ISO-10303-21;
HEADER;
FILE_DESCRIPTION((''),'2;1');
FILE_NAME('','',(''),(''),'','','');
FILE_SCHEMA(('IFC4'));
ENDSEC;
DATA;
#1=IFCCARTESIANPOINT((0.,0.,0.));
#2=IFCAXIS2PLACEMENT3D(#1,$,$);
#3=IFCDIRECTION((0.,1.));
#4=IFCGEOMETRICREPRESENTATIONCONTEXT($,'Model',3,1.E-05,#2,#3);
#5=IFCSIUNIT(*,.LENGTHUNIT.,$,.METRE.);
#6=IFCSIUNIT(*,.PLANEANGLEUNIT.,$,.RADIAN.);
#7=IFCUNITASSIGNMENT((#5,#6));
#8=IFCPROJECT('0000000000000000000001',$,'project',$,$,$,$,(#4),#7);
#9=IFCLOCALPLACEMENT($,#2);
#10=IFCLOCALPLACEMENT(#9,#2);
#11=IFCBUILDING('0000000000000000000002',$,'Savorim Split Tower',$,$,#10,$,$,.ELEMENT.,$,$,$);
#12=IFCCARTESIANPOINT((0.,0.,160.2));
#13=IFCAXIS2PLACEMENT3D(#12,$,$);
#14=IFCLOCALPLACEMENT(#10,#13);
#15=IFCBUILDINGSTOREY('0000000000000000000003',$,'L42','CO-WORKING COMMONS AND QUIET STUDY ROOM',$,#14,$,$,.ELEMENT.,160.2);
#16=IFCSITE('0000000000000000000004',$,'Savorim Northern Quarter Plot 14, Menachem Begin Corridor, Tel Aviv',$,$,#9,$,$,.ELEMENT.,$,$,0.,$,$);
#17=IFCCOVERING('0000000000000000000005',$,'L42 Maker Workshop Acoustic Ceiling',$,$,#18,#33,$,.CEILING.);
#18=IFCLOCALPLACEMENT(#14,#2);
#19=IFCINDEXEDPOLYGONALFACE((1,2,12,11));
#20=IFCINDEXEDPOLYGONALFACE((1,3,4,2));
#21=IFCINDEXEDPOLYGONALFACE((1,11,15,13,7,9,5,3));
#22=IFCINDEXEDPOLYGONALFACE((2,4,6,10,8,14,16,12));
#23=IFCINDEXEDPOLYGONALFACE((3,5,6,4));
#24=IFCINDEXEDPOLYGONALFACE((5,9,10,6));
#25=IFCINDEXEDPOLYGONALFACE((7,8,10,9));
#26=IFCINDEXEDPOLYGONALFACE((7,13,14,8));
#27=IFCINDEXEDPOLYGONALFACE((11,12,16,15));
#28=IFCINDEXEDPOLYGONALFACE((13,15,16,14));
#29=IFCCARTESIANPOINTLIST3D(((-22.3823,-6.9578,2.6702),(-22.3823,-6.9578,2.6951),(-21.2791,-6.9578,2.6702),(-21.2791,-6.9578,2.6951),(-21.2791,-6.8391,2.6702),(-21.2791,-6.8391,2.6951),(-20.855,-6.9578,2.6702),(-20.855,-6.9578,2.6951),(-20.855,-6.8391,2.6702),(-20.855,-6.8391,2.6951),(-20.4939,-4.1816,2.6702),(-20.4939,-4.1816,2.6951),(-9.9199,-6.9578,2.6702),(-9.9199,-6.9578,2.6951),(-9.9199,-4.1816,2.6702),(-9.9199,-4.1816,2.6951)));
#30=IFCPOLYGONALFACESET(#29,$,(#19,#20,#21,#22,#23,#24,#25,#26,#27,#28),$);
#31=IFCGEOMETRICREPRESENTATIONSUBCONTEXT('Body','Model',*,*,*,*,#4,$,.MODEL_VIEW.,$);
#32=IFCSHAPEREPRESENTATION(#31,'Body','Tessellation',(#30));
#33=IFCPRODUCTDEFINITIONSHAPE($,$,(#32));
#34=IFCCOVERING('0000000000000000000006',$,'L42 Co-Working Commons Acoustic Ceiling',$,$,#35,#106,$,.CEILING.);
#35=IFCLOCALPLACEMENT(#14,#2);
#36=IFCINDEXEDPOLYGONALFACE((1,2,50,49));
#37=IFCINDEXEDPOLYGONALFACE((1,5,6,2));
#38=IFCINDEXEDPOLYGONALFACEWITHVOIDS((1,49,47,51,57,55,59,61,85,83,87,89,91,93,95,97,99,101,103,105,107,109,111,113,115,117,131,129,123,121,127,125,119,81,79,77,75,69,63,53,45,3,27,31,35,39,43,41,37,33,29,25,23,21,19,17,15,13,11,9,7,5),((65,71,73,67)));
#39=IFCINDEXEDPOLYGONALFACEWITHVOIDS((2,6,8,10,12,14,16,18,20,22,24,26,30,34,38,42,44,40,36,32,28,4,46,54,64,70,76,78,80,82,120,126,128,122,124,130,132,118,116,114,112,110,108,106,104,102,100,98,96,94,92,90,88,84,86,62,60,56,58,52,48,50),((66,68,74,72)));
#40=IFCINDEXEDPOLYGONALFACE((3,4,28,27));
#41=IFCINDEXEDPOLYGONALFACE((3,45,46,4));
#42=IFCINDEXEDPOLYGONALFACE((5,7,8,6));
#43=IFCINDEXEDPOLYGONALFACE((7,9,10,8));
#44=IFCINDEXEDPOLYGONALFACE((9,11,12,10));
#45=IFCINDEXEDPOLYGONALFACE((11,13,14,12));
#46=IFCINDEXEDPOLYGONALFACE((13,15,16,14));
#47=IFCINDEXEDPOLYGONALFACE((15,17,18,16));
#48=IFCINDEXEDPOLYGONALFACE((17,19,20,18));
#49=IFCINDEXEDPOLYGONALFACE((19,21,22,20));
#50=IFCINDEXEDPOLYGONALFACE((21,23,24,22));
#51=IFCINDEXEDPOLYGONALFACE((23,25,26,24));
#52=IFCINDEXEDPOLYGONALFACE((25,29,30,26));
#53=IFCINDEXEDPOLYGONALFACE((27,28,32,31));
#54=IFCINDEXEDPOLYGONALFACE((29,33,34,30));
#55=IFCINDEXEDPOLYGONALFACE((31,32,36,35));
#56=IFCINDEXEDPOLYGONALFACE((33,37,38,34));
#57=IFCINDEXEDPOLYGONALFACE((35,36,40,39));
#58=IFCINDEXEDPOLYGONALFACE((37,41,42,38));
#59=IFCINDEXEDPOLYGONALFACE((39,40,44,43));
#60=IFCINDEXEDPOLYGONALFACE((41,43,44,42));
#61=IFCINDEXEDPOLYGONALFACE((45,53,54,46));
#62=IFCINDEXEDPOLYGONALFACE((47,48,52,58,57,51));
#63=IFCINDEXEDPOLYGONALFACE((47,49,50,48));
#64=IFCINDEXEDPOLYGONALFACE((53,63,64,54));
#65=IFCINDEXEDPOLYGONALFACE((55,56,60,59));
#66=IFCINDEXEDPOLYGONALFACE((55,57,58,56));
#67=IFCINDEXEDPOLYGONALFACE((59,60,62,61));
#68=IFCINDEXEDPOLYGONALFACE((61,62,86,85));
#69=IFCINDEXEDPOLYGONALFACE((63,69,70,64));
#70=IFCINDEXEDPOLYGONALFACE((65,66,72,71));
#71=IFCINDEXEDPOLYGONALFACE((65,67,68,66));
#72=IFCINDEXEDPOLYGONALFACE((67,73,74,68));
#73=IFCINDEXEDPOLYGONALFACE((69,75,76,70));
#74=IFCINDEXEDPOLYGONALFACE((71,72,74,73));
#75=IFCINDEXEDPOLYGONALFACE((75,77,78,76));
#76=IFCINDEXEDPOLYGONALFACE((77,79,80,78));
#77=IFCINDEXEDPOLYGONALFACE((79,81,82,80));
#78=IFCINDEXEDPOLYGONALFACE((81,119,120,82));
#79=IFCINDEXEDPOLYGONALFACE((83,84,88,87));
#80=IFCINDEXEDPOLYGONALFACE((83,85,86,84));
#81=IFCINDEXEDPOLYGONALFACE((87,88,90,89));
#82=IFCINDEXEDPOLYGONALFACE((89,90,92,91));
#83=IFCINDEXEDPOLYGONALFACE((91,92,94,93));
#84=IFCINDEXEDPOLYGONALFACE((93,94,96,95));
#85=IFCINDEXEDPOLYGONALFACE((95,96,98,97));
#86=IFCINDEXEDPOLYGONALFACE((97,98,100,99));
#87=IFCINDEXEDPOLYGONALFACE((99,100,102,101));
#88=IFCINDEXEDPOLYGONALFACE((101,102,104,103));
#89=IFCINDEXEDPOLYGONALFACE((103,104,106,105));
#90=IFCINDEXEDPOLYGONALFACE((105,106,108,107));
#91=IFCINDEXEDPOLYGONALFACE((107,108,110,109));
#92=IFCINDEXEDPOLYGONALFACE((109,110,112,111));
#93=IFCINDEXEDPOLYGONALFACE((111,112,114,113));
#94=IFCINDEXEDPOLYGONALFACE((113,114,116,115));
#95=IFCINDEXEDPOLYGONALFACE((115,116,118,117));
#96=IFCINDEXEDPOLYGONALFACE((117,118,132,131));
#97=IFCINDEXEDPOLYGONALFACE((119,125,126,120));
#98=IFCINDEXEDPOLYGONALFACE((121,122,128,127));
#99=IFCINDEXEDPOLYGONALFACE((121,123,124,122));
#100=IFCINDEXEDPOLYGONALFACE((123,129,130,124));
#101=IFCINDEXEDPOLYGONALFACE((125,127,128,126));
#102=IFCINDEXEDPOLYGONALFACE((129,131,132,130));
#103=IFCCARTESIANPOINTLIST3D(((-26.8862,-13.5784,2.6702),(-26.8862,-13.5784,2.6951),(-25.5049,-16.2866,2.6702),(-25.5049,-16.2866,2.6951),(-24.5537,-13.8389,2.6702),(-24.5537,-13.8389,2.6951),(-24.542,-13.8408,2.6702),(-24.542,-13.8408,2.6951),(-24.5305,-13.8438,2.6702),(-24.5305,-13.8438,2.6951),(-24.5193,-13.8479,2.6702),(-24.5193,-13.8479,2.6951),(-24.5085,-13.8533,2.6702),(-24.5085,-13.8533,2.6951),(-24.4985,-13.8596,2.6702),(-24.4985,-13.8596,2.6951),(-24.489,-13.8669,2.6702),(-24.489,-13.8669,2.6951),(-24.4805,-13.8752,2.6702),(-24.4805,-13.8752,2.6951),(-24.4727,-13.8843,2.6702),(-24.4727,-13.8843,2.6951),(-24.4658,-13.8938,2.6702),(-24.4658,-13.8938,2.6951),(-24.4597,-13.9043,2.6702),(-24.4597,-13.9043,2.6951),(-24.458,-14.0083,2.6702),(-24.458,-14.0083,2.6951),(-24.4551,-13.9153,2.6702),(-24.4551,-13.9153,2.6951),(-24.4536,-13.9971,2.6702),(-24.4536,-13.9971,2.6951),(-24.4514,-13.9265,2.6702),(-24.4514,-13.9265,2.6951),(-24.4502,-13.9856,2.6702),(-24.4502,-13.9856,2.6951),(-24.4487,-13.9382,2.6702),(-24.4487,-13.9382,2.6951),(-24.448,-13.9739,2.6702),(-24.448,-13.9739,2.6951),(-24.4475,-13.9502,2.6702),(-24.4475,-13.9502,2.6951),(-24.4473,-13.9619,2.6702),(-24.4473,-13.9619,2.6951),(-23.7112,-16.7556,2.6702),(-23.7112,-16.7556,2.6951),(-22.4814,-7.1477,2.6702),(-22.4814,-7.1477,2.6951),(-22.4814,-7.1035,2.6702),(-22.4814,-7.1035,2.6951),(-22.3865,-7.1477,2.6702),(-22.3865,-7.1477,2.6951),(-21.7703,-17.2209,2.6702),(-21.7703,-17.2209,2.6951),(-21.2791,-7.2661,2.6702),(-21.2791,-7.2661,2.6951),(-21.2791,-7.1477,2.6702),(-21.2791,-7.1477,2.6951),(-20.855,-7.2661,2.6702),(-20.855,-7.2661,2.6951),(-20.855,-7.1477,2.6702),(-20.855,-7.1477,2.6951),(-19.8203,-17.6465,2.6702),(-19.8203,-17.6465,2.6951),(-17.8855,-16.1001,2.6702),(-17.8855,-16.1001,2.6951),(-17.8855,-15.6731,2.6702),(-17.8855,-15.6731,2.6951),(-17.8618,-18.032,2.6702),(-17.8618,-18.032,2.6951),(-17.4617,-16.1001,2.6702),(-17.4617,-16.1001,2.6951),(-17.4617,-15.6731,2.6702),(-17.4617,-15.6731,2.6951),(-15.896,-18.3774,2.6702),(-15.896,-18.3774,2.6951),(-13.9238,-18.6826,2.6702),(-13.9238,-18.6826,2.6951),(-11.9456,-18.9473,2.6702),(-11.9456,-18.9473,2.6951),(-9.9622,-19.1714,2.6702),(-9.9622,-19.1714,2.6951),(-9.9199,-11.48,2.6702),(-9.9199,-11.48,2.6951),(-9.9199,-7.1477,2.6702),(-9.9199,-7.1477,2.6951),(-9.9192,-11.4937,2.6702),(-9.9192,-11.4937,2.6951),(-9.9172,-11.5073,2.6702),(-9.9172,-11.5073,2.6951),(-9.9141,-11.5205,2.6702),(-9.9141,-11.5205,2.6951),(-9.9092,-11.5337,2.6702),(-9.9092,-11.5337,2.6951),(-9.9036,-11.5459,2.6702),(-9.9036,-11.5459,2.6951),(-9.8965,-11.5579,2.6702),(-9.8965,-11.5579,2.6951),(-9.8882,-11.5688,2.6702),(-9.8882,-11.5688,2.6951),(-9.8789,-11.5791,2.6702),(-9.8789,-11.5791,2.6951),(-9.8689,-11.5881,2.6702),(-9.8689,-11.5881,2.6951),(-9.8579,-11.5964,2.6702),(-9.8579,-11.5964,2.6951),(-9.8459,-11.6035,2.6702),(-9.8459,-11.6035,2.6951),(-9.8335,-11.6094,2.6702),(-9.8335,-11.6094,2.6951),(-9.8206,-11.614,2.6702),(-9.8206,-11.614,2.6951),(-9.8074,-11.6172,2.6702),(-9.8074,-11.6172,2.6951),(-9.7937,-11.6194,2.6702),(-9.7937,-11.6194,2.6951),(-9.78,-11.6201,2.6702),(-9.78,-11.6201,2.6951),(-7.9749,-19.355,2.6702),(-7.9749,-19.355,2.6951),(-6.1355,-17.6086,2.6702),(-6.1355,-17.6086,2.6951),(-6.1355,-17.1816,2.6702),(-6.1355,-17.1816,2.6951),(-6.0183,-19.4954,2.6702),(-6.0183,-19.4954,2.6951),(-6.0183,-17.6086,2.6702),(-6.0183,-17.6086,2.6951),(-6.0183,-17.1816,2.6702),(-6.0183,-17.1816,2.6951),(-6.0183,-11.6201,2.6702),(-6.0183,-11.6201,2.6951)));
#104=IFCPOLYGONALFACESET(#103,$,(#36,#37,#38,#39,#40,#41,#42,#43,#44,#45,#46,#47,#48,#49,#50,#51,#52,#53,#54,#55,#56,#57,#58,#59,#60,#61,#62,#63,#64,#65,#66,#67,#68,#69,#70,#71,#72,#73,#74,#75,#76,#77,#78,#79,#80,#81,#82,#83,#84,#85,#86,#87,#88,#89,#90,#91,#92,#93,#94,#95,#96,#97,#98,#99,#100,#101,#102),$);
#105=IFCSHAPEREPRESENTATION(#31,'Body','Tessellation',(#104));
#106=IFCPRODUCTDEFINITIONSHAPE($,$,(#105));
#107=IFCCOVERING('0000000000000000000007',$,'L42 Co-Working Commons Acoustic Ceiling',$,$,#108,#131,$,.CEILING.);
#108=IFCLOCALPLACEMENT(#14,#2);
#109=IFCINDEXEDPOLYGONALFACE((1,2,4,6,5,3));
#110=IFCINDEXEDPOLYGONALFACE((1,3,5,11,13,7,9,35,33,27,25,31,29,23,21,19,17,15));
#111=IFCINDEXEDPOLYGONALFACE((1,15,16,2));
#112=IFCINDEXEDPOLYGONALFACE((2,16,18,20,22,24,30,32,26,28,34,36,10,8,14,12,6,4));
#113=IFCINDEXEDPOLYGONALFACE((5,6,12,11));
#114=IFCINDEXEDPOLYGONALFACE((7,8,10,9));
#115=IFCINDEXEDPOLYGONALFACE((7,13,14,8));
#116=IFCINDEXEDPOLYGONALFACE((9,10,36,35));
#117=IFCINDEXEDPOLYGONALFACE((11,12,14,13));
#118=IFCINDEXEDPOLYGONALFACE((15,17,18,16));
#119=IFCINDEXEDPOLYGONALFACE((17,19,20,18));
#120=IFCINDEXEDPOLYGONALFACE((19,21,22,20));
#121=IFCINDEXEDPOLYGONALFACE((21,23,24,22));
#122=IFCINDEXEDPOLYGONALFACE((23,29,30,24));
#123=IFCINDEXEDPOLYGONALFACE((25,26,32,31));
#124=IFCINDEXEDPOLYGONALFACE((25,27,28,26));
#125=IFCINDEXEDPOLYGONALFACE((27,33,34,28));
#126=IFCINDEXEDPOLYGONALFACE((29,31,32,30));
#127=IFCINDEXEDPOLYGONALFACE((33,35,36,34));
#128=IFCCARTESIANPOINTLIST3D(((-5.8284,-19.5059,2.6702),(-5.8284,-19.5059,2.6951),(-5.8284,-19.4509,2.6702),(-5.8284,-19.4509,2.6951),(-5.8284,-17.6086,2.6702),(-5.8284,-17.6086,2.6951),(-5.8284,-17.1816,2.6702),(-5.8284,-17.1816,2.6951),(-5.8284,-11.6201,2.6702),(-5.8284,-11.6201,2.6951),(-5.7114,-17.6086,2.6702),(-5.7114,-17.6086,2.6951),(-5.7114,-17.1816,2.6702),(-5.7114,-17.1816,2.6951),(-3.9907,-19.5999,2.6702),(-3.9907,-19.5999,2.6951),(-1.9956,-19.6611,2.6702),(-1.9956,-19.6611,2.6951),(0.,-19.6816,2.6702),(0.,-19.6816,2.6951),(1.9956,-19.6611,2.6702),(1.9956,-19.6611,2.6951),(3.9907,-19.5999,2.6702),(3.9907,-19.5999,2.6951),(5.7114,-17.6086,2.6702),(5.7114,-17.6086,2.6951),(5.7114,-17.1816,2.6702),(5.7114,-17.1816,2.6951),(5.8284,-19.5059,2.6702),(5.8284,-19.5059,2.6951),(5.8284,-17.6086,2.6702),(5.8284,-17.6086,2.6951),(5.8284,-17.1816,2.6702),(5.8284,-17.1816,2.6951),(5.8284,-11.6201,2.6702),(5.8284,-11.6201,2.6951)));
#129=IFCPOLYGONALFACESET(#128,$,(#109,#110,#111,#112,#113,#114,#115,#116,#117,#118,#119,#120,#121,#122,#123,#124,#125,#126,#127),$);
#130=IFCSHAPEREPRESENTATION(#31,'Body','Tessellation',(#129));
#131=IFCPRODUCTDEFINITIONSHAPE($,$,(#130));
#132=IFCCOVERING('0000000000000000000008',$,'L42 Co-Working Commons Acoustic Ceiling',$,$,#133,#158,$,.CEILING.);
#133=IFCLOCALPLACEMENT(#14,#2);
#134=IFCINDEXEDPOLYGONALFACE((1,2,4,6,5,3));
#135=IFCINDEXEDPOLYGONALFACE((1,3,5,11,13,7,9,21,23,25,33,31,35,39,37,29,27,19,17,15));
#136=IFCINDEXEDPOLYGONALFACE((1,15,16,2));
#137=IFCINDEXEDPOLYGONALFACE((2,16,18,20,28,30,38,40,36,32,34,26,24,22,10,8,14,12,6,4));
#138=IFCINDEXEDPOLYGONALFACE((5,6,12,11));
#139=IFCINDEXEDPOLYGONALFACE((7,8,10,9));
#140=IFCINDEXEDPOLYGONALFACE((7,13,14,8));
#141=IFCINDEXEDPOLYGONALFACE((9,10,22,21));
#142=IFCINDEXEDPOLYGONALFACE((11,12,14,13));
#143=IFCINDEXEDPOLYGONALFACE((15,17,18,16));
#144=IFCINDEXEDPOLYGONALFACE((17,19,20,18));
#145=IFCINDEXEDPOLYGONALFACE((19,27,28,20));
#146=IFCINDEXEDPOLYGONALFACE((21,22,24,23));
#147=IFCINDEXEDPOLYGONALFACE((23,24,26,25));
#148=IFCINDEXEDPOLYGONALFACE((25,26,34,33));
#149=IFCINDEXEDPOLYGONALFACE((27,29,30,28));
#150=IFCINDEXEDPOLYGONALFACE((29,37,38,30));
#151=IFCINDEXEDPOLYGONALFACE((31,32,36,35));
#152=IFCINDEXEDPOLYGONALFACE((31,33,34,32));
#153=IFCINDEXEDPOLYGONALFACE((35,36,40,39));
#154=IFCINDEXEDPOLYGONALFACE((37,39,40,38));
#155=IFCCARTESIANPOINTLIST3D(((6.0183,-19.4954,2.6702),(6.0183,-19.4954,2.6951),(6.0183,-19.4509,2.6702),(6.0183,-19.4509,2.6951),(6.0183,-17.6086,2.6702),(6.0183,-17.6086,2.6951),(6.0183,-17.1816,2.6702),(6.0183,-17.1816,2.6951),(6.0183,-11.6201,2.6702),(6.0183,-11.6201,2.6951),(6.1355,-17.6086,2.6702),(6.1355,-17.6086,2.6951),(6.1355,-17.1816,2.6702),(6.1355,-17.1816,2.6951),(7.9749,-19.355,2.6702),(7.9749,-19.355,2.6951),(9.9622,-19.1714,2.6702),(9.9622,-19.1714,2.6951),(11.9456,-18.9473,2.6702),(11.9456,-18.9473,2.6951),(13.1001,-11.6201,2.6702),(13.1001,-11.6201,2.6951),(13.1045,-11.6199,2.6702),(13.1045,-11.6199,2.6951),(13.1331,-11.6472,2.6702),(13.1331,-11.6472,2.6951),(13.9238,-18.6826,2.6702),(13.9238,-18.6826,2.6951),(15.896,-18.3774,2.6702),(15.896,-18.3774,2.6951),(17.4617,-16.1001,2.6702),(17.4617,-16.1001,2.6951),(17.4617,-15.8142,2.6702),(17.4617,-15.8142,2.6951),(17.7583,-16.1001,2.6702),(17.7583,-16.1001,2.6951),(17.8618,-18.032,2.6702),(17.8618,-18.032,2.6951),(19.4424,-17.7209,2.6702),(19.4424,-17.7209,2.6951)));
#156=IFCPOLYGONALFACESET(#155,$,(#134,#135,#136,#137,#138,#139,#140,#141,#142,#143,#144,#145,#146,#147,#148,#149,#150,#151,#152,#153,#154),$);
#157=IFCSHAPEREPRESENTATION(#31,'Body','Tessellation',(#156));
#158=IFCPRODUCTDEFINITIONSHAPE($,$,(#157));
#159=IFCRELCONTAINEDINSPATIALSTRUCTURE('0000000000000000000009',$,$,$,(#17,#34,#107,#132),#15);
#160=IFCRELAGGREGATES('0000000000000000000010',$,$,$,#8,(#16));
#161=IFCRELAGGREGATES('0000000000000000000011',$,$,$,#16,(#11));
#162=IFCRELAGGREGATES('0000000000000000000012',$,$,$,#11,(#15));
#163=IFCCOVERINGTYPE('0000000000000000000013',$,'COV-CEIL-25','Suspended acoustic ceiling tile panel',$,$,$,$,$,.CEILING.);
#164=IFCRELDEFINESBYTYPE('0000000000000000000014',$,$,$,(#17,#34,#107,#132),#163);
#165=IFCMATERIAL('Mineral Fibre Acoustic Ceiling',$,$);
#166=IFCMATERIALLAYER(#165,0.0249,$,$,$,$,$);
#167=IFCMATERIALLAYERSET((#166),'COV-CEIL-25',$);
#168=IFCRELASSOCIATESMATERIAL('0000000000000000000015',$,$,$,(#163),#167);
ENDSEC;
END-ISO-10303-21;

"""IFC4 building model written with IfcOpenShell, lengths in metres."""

from ifc_helpers import new_model, si_unit, direction, frame, origin, place, context, subcontext, project, spatial, polyline, outline, extrude, material, layer, layer_set, type_object, element, save


model = new_model("IFC4")

# Units and contexts
model_context = context("Model", 3, precision=1e-05, world=origin(), true_north=direction((0.0, 1.0)))
body_context = subcontext(model_context, "Body", "Model", "MODEL_VIEW")
ifc_project = project(units=[si_unit("LENGTHUNIT", "METRE"), si_unit("PLANEANGLEUNIT", "RADIAN")], contexts=[model_context])

# Site, building, storey
site_placement = place(None, origin())
site = spatial("IfcSite", under=ifc_project, at=site_placement, Name="Savorim Northern Quarter Plot 14, Menachem Begin Corridor, Tel Aviv", CompositionType="ELEMENT", RefElevation=0.0)
building_placement = place(site_placement, origin())
building = spatial("IfcBuilding", under=site, at=building_placement, Name="Savorim Split Tower", CompositionType="ELEMENT")
storey_placement = place(building_placement, frame((0.0, 0.0, 160.2)))
storey = spatial("IfcBuildingStorey", under=building, at=storey_placement, Name="L42", Description="CO-WORKING COMMONS AND QUIET STUDY ROOM", CompositionType="ELEMENT", Elevation=160.2)

# Coverings
ifc_material = material(Name="Mineral Fibre Acoustic Ceiling")
ifc_layer = layer(ifc_material, 0.0249)
ifc_layer_set = layer_set([ifc_layer], Name="COV-CEIL-25")
covering_type = type_object("IfcCoveringType", Name="COV-CEIL-25", Description="Suspended acoustic ceiling tile panel", PredefinedType="CEILING", material=ifc_layer_set)
covering_1_placement = place(storey_placement, frame((0.0, 0.0, 2.6702)))
element("IfcCovering", 1, at=covering_1_placement, inside=storey, type_object=covering_type, Name="L42 Maker Workshop Acoustic Ceiling", PredefinedType="CEILING", context=body_context, shape_type="SweptSolid", body=[
    extrude(outline(polyline([(-20.855, -6.8391), (-20.855, -6.9578), (-9.9199, -6.9578), (-9.9199, -4.1816), (-20.4939, -4.1816), (-22.3823, -6.9578), (-21.2791, -6.9578), (-21.2791, -6.8391), (-20.855, -6.8391)])), origin(), (0.0, 0.0, 1.0), 0.0249),
])
covering_2_placement = place(storey_placement, frame((0.0, 0.0, 2.6702)))
element("IfcCovering", 2, at=covering_2_placement, inside=storey, type_object=covering_type, Name="L42 Co-Working Commons Acoustic Ceiling", PredefinedType="CEILING", context=body_context, shape_type="SweptSolid", body=[
    extrude(outline(polyline([(-24.4475, -13.9502), (-24.4473, -13.9619), (-24.448, -13.9739), (-24.4502, -13.9856), (-24.4536, -13.9971), (-24.458, -14.0083), (-25.5049, -16.2866), (-23.7112, -16.7556), (-21.7703, -17.2209), (-19.8203, -17.6465), (-17.8618, -18.032), (-15.896, -18.3774), (-13.9238, -18.6826), (-11.9456, -18.9473), (-9.9622, -19.1714), (-7.9749, -19.355), (-6.0183, -19.4954), (-6.0183, -17.6086), (-6.1355, -17.6086), (-6.1355, -17.1816), (-6.0183, -17.1816), (-6.0183, -11.6201), (-9.78, -11.6201), (-9.7937, -11.6194), (-9.8074, -11.6172), (-9.8206, -11.614), (-9.8335, -11.6094), (-9.8459, -11.6035), (-9.8579, -11.5964), (-9.8689, -11.5881), (-9.8789, -11.5791), (-9.8882, -11.5688), (-9.8965, -11.5579), (-9.9036, -11.5459), (-9.9092, -11.5337), (-9.9141, -11.5205), (-9.9172, -11.5073), (-9.9192, -11.4937), (-9.9199, -11.48), (-9.9199, -7.1477), (-20.855, -7.1477), (-20.855, -7.2661), (-21.2791, -7.2661), (-21.2791, -7.1477), (-22.3865, -7.1477), (-22.4814, -7.1477), (-22.4814, -7.1035), (-26.8862, -13.5784), (-24.5537, -13.8389), (-24.542, -13.8408), (-24.5305, -13.8438), (-24.5193, -13.8479), (-24.5085, -13.8533), (-24.4985, -13.8596), (-24.489, -13.8669), (-24.4805, -13.8752), (-24.4727, -13.8843), (-24.4658, -13.8938), (-24.4597, -13.9043), (-24.4551, -13.9153), (-24.4514, -13.9265), (-24.4487, -13.9382), (-24.4475, -13.9502)]), holes=[polyline([(-17.8855, -16.1001), (-17.4617, -16.1001), (-17.4617, -15.6731), (-17.8855, -15.6731), (-17.8855, -16.1001)])]), origin(), (0.0, 0.0, 1.0), 0.0249),
])
covering_3_placement = place(storey_placement, frame((0.0, 0.0, 2.6702)))
element("IfcCovering", 3, at=covering_3_placement, inside=storey, type_object=covering_type, Name="L42 Co-Working Commons Acoustic Ceiling", PredefinedType="CEILING", context=body_context, shape_type="SweptSolid", body=[
    extrude(outline(polyline([(-1.9956, -19.6611), (0.0, -19.6816), (1.9956, -19.6611), (3.9907, -19.5999), (5.8284, -19.5059), (5.8284, -17.6086), (5.7114, -17.6086), (5.7114, -17.1816), (5.8284, -17.1816), (5.8284, -11.6201), (-5.8284, -11.6201), (-5.8284, -17.1816), (-5.7114, -17.1816), (-5.7114, -17.6086), (-5.8284, -17.6086), (-5.8284, -19.4509), (-5.8284, -19.5059), (-3.9907, -19.5999), (-1.9956, -19.6611)])), origin(), (0.0, 0.0, 1.0), 0.0249),
])
covering_4_placement = place(storey_placement, frame((0.0, 0.0, 2.6702)))
element("IfcCovering", 4, at=covering_4_placement, inside=storey, type_object=covering_type, Name="L42 Co-Working Commons Acoustic Ceiling", PredefinedType="CEILING", context=body_context, shape_type="SweptSolid", body=[
    extrude(outline(polyline([(11.9456, -18.9473), (13.9238, -18.6826), (15.896, -18.3774), (17.8618, -18.032), (19.4424, -17.7209), (17.7583, -16.1001), (17.4617, -16.1001), (17.4617, -15.8142), (13.1331, -11.6472), (13.1045, -11.6199), (13.1001, -11.6201), (6.0183, -11.6201), (6.0183, -17.1816), (6.1355, -17.1816), (6.1355, -17.6086), (6.0183, -17.6086), (6.0183, -19.4509), (6.0183, -19.4954), (7.9749, -19.355), (9.9622, -19.1714), (11.9456, -18.9473)])), origin(), (0.0, 0.0, 1.0), 0.0249),
])

save(model, "model.ifc")
